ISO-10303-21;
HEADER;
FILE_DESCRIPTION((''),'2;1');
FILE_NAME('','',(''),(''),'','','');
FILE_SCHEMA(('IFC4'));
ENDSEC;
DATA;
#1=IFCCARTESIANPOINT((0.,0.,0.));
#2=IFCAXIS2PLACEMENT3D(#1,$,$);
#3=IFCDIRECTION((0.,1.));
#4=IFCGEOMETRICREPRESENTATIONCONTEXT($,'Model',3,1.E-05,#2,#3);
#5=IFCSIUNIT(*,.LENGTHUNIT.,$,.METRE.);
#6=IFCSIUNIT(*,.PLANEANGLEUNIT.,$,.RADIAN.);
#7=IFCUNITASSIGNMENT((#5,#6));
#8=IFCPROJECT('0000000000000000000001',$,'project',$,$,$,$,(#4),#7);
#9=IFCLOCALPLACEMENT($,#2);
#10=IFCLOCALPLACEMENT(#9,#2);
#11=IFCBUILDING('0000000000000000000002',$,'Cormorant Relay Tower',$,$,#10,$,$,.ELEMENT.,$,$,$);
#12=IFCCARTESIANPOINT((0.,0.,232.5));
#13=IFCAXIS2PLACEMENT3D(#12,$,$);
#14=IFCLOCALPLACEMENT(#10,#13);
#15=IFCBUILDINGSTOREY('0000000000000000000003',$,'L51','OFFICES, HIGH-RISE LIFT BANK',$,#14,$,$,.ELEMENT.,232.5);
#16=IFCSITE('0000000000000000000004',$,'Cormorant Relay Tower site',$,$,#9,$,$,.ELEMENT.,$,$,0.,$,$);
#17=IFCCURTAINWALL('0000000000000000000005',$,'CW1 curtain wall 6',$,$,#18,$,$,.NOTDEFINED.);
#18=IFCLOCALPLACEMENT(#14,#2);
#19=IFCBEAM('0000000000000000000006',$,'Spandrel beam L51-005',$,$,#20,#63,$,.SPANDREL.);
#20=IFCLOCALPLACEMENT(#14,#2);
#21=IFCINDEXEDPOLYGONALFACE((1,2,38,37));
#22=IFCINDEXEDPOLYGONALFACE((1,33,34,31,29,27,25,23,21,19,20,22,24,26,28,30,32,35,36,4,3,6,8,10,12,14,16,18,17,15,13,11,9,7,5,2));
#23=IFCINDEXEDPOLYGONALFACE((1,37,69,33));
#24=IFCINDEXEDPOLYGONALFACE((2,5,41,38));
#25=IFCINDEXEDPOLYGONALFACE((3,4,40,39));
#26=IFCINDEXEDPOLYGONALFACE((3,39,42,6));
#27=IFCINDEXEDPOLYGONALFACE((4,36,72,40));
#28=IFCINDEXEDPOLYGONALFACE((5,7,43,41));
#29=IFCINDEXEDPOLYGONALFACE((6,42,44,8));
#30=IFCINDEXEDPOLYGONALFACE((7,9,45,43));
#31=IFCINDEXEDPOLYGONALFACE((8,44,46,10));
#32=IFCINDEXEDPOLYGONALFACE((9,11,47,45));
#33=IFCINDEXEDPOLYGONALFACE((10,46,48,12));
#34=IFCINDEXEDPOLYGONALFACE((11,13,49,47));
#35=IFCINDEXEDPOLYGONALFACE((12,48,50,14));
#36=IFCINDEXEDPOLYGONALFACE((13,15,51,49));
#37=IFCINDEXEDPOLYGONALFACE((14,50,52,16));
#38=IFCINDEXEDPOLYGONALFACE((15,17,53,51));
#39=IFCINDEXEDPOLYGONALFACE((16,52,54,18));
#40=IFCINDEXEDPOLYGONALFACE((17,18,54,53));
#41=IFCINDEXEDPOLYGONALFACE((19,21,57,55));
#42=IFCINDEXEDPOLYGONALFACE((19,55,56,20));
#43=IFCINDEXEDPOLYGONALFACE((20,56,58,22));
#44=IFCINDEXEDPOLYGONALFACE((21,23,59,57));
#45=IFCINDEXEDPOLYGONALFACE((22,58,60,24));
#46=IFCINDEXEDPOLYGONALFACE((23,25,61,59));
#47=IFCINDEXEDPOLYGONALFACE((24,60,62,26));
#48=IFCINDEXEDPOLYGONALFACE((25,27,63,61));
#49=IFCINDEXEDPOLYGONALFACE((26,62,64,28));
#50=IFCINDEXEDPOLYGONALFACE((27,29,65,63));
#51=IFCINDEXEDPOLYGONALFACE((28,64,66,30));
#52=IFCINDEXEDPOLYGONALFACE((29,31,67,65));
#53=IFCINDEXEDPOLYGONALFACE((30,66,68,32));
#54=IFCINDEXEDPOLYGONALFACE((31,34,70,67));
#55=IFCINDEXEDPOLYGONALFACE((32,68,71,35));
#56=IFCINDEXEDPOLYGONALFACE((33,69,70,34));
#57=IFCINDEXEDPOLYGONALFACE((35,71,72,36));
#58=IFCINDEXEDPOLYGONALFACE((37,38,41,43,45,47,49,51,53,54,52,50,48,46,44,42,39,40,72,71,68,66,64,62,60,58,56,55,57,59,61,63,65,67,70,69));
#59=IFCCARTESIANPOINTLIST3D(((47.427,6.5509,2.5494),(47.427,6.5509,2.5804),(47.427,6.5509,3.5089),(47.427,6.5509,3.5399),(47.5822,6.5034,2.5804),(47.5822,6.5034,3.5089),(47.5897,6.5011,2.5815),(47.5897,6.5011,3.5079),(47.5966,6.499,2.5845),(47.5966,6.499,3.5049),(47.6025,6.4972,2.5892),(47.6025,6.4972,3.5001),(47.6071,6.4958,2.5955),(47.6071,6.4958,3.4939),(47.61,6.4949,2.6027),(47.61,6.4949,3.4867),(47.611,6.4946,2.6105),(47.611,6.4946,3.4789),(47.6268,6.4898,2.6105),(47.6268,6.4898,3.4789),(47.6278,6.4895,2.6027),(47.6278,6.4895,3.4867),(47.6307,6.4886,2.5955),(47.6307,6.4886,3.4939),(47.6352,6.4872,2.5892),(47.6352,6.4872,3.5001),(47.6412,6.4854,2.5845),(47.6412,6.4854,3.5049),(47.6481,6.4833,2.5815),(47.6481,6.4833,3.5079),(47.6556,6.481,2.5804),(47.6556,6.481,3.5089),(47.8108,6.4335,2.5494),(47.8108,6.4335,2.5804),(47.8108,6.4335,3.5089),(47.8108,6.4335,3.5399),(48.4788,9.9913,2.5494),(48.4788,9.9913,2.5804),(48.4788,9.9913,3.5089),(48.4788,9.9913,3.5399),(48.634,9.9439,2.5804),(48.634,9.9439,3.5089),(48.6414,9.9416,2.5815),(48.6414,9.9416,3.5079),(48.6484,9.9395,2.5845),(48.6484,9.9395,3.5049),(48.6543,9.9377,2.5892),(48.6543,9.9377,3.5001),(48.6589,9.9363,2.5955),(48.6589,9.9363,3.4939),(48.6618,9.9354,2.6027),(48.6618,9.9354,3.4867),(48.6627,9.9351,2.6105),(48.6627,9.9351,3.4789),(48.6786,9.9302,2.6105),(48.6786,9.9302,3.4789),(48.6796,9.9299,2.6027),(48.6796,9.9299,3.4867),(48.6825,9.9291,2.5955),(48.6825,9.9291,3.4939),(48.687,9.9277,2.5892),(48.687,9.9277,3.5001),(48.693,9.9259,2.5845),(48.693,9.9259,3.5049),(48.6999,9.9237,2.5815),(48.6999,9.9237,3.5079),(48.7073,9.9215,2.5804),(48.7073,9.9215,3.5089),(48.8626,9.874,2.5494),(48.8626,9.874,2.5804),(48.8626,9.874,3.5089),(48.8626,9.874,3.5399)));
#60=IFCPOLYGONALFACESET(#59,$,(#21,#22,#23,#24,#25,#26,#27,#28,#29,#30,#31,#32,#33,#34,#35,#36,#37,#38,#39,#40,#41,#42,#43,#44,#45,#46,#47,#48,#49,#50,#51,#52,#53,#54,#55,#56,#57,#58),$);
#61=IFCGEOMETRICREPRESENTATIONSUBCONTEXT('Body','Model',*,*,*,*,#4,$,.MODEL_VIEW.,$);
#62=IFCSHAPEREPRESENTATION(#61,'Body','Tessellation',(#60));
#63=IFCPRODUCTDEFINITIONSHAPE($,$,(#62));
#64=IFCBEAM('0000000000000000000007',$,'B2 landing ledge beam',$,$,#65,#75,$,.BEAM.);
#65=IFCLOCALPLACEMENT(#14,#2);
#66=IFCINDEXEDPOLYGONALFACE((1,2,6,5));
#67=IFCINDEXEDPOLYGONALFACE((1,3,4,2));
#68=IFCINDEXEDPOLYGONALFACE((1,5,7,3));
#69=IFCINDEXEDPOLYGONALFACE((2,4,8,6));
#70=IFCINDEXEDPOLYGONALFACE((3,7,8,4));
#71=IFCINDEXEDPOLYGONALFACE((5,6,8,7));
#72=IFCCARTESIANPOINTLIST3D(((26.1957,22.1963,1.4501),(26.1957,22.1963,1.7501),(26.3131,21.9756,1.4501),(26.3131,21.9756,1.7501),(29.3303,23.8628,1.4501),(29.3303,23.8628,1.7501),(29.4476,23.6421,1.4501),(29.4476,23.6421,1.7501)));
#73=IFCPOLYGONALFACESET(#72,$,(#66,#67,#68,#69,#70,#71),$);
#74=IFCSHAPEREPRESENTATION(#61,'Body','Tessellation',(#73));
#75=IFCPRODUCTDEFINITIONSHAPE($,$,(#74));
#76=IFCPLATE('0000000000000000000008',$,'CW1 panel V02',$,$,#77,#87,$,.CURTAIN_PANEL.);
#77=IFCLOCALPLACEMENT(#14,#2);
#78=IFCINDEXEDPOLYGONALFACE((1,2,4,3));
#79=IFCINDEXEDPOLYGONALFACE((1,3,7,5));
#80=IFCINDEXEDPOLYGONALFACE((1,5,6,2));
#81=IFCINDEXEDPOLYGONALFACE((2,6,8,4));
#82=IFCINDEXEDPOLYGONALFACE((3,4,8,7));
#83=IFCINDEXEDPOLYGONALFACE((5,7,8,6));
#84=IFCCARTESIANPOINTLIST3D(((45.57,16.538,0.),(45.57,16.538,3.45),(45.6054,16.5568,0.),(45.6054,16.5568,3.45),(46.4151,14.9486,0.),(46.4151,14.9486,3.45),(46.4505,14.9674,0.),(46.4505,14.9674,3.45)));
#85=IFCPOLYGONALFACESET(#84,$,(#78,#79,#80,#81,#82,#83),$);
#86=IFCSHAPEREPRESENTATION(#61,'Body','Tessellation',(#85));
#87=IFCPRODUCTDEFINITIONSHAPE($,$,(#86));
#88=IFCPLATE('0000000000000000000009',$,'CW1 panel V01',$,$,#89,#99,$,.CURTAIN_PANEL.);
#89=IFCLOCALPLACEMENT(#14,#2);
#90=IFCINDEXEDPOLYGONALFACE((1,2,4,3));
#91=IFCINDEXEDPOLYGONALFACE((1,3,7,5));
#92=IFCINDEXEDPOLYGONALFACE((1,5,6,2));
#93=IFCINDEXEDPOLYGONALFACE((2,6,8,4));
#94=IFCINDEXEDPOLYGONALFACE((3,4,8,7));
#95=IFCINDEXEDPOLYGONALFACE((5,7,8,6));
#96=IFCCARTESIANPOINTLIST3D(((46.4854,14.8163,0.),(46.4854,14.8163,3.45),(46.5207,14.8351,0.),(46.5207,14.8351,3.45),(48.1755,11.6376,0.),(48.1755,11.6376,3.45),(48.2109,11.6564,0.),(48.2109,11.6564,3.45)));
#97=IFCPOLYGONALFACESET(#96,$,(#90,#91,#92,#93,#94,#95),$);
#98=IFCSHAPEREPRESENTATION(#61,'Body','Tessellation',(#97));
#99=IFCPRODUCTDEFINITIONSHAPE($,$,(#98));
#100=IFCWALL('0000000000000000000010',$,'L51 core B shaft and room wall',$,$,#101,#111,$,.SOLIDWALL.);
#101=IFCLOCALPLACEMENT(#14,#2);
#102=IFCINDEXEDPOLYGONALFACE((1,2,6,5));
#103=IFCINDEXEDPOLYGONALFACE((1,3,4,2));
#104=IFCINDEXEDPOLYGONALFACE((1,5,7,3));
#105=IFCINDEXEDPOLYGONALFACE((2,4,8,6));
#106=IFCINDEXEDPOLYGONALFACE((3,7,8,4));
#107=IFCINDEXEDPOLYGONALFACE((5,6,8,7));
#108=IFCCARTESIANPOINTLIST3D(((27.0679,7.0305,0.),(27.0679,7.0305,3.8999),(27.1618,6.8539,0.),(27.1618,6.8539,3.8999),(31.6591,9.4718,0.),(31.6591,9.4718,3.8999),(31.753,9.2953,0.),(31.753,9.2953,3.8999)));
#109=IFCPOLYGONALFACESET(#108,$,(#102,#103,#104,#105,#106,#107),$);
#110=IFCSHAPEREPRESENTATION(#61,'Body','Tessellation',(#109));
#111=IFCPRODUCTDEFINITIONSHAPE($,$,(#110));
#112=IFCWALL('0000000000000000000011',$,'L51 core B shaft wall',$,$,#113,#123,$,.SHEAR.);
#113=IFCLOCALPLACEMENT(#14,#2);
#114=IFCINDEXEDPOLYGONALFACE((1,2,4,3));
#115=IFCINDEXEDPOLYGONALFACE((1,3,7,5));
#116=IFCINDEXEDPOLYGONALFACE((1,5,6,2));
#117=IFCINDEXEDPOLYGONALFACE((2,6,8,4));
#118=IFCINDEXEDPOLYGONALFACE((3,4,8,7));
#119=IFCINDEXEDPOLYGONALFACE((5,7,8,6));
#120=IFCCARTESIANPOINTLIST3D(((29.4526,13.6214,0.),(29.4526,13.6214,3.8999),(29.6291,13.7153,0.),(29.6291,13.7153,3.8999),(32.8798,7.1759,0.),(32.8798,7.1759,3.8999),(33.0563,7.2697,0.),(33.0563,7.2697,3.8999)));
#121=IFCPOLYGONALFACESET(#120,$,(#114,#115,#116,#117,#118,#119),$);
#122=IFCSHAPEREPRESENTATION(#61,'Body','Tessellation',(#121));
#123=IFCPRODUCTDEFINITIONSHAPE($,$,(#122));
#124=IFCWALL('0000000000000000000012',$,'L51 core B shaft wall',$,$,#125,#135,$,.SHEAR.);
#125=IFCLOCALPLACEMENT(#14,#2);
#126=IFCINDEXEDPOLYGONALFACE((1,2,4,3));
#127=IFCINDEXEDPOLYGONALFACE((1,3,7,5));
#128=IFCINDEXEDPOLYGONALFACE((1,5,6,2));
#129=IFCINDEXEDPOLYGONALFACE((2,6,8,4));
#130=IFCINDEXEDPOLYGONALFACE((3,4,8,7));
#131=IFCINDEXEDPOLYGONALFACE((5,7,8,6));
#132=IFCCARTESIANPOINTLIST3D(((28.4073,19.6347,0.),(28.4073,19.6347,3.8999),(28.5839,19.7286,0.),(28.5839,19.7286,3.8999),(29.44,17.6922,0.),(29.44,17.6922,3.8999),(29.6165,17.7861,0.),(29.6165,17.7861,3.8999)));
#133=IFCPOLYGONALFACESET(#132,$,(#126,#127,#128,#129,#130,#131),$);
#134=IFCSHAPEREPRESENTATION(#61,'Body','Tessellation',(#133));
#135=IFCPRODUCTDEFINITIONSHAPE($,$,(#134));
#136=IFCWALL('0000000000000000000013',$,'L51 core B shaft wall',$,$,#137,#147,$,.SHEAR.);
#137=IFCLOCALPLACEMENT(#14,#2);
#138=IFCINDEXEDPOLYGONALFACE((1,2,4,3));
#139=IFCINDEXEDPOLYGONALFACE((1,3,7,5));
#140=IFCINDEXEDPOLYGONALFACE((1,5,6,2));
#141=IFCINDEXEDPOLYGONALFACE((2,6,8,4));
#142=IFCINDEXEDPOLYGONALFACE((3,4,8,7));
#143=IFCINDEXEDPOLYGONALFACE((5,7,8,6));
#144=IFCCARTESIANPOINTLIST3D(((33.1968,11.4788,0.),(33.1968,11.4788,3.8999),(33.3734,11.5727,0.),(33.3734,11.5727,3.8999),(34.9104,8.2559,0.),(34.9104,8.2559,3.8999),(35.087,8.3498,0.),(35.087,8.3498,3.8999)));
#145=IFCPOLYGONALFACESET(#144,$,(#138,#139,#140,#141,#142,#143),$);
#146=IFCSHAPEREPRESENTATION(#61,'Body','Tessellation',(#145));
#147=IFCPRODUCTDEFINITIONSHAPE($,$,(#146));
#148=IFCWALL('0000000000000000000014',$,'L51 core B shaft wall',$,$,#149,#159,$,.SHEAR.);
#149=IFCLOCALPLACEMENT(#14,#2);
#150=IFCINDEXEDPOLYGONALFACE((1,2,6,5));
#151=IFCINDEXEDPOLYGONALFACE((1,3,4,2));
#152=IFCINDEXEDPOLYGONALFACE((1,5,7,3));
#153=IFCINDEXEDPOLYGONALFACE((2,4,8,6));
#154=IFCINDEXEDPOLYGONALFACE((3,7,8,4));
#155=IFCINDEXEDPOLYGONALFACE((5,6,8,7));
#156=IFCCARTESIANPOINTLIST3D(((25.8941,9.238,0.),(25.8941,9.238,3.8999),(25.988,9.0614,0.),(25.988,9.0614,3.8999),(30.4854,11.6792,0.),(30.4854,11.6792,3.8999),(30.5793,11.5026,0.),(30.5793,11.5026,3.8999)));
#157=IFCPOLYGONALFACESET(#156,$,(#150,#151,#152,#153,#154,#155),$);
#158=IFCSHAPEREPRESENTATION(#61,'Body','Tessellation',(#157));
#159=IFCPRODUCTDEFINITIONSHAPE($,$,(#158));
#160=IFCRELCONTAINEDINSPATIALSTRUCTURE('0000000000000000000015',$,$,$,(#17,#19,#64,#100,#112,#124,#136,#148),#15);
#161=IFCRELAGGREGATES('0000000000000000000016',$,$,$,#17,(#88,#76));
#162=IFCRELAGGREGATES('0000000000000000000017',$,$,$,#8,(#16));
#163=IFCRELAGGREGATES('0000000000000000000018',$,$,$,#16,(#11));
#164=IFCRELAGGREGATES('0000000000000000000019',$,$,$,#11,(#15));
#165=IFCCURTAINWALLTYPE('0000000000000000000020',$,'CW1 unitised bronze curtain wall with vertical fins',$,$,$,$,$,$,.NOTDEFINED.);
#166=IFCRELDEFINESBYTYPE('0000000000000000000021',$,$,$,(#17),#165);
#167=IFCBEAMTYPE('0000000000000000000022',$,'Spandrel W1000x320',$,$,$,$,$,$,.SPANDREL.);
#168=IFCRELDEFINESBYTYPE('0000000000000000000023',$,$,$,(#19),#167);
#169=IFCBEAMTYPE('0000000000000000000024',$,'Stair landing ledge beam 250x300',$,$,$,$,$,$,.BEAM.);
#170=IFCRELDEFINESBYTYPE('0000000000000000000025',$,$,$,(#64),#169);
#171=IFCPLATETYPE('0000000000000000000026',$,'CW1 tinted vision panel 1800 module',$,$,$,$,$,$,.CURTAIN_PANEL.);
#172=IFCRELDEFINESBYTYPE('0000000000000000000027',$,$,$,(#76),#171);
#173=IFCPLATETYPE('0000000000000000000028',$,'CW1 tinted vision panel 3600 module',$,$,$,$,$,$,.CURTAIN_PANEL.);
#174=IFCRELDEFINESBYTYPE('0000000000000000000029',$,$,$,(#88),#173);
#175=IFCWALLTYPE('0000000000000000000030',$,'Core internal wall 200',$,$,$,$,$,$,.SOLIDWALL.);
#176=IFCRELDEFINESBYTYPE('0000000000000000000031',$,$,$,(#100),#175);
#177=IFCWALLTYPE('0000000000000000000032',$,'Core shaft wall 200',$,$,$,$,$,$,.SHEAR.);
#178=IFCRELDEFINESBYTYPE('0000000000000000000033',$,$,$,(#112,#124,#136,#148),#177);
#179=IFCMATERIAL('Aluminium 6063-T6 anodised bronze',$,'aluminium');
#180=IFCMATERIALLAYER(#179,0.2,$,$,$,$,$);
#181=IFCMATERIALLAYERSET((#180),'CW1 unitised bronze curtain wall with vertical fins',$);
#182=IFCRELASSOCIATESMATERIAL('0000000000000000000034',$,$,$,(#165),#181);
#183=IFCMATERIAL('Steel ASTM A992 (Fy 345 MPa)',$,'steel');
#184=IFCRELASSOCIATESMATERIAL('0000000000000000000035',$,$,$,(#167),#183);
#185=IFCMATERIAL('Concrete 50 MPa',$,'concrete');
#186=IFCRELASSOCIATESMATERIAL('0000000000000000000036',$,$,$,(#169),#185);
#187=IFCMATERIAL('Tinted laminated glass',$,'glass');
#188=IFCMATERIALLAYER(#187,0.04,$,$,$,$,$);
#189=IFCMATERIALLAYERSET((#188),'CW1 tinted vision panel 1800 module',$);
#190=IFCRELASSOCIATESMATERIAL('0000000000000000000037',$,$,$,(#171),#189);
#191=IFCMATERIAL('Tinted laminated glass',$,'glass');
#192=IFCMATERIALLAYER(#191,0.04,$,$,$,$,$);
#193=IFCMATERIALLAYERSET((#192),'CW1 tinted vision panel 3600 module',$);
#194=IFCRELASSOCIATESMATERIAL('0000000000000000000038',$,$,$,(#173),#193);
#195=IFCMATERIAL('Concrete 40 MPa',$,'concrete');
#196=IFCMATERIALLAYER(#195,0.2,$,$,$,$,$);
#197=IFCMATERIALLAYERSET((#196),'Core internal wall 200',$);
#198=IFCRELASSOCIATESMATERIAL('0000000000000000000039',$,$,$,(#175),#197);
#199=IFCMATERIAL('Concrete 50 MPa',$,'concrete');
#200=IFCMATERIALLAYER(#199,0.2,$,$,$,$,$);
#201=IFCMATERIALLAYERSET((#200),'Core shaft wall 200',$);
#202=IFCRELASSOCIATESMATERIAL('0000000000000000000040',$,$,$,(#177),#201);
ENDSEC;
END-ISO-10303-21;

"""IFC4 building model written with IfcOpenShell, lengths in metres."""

from ifc_helpers import new_model, si_unit, direction, frame, frame_2d, origin, origin_2d, place, context, subcontext, project, spatial, rectangle, i_section, extrude, material, layer, layer_set, material_profile, profile_set, type_object, element, aggregate, save


model = new_model("IFC4")

# Units and contexts
model_context = context("Model", 3, precision=1e-05, world=origin(), true_north=direction((0.0, 1.0)))
body_context = subcontext(model_context, "Body", "Model", "MODEL_VIEW")
ifc_project = project(units=[si_unit("LENGTHUNIT", "METRE"), si_unit("PLANEANGLEUNIT", "RADIAN")], contexts=[model_context])

# Site, building, storey
site_placement = place(None, origin())
site = spatial("IfcSite", under=ifc_project, at=site_placement, Name="Cormorant Relay Tower site", CompositionType="ELEMENT", RefElevation=0.0)
building_placement = place(site_placement, origin())
building = spatial("IfcBuilding", under=site, at=building_placement, Name="Cormorant Relay Tower", CompositionType="ELEMENT")
storey_placement = place(building_placement, frame((0.0, 0.0, 232.5)))
storey = spatial("IfcBuildingStorey", under=building, at=storey_placement, Name="L51", Description="OFFICES, HIGH-RISE LIFT BANK", CompositionType="ELEMENT", Elevation=232.5)

# Curtain wall
ifc_material_1 = material(Name="Aluminium 6063-T6 anodised bronze", Category="aluminium")
ifc_layer_1 = layer(ifc_material_1, 0.2)
ifc_layer_set_1 = layer_set([ifc_layer_1], Name="CW1 unitised bronze curtain wall with vertical fins")
curtain_wall_type = type_object("IfcCurtainWallType", Name="CW1 unitised bronze curtain wall with vertical fins", PredefinedType="NOTDEFINED", material=ifc_layer_set_1)
curtain_wall_1_placement = place(storey_placement, origin())
curtain_wall_1 = element("IfcCurtainWall", 1, at=curtain_wall_1_placement, inside=storey, type_object=curtain_wall_type, Name="CW1 curtain wall 6", PredefinedType="NOTDEFINED")

# Beams
ifc_material_2 = material(Name="Steel ASTM A992 (Fy 345 MPa)", Category="steel")
ifc_material_profile_1 = material_profile(ifc_material_2, i_section(OverallWidth=0.4014, OverallDepth=0.9905, WebThickness=0.0166, FlangeThickness=0.031, FilletRadius=0.03, at=origin_2d()), Name="W1000x320")
ifc_profile_set_1 = profile_set([ifc_material_profile_1], Name="Steel ASTM A992 (Fy 345 MPa)")
beam_type_1 = type_object("IfcBeamType", Name="Spandrel W1000x320", PredefinedType="SPANDREL", material=ifc_profile_set_1)
beam_1_placement = place(storey_placement, frame((47.6189, 6.4922, 3.0447), z_axis=(0.29235, 0.956312, 0.0), x_axis=(-0.956312, 0.29235, 0.0)))
element("IfcBeam", 2, at=beam_1_placement, inside=storey, type_object=beam_type_1, Name="Spandrel beam L51-005", PredefinedType="SPANDREL", context=body_context, shape_type="SweptSolid", body=[
    extrude(i_section(OverallWidth=0.4014, OverallDepth=0.9905, WebThickness=0.0166, FlangeThickness=0.031, FilletRadius=0.03, at=origin_2d()), origin(), (0.0, 0.0, 1.0), 3.5977),
])
ifc_material_3 = material(Name="Concrete 50 MPa", Category="concrete")
ifc_material_profile_2 = material_profile(ifc_material_3, rectangle(XDim=0.25, YDim=0.3, at=origin_2d()), Name="RC 250x300")
ifc_profile_set_2 = profile_set([ifc_material_profile_2], Name="Concrete 50 MPa")
beam_type_2 = type_object("IfcBeamType", Name="Stair landing ledge beam 250x300", PredefinedType="BEAM", material=ifc_profile_set_2)
beam_2_placement = place(storey_placement, frame((26.2544, 22.0859, 1.6001), z_axis=(0.882965, 0.469438, 0.0), x_axis=(-0.469438, 0.882965, 0.0)))
element("IfcBeam", 3, at=beam_2_placement, inside=storey, type_object=beam_type_2, Name="B2 landing ledge beam", PredefinedType="BEAM", context=body_context, shape_type="SweptSolid", body=[
    extrude(rectangle(XDim=0.25, YDim=0.3, at=origin_2d()), origin(), (0.0, 0.0, 1.0), 3.55),
])

# Plates
ifc_material_4 = material(Name="Tinted laminated glass", Category="glass")
ifc_layer_2 = layer(ifc_material_4, 0.04)
ifc_layer_set_2 = layer_set([ifc_layer_2], Name="CW1 tinted vision panel 1800 module")
plate_type_1 = type_object("IfcPlateType", Name="CW1 tinted vision panel 1800 module", PredefinedType="CURTAIN_PANEL", material=ifc_layer_set_2)
plate_1_placement = place(storey_placement, frame((46.0103, 15.7527, 0.0), z_axis=(0.0, 0.0, 1.0), x_axis=(-0.469472, 0.882948, 0.0)))
plate_1 = element("IfcPlate", 4, at=plate_1_placement, type_object=plate_type_1, Name="CW1 panel V02", PredefinedType="CURTAIN_PANEL", context=body_context, shape_type="SweptSolid", body=[
    extrude(rectangle(XDim=1.8, YDim=0.04, at=origin_2d()), origin(), (0.0, 0.0, 1.0), 3.45),
])
ifc_material_5 = material(Name="Tinted laminated glass", Category="glass")
ifc_layer_3 = layer(ifc_material_5, 0.04)
ifc_layer_set_3 = layer_set([ifc_layer_3], Name="CW1 tinted vision panel 3600 module")
plate_type_2 = type_object("IfcPlateType", Name="CW1 tinted vision panel 3600 module", PredefinedType="CURTAIN_PANEL", material=ifc_layer_set_3)
plate_2_placement = place(storey_placement, frame((47.3481, 13.2363, 0.0), z_axis=(0.0, 0.0, 1.0), x_axis=(-0.469472, 0.882948, 0.0)))
plate_2 = element("IfcPlate", 5, at=plate_2_placement, type_object=plate_type_2, Name="CW1 panel V01", PredefinedType="CURTAIN_PANEL", context=body_context, shape_type="SweptSolid", body=[
    extrude(rectangle(XDim=3.6001, YDim=0.04, at=origin_2d()), origin(), (0.0, 0.0, 1.0), 3.45),
])

# Walls
ifc_material_6 = material(Name="Concrete 40 MPa", Category="concrete")
ifc_layer_4 = layer(ifc_material_6, 0.2)
ifc_layer_set_4 = layer_set([ifc_layer_4], Name="Core internal wall 200")
wall_type_1 = type_object("IfcWallType", Name="Core internal wall 200", PredefinedType="SOLIDWALL", material=ifc_layer_set_4)
wall_1_placement = place(storey_placement, frame((27.1147, 6.9421, 0.0), z_axis=(0.0, 0.0, 1.0), x_axis=(0.882935, 0.469496, 0.0)))
element("IfcWall", 6, at=wall_1_placement, inside=storey, type_object=wall_type_1, Name="L51 core B shaft and room wall", PredefinedType="SOLIDWALL", context=body_context, shape_type="SweptSolid", body=[
    extrude(rectangle(XDim=5.2, YDim=0.2, at=frame_2d((2.6001, 0.0))), origin(), (0.0, 0.0, 1.0), 3.8999),
])
ifc_material_7 = material(Name="Concrete 50 MPa", Category="concrete")
ifc_layer_5 = layer(ifc_material_7, 0.2)
ifc_layer_set_5 = layer_set([ifc_layer_5], Name="Core shaft wall 200")
wall_type_2 = type_object("IfcWallType", Name="Core shaft wall 200", PredefinedType="SHEAR", material=ifc_layer_set_5)
wall_2_placement = place(storey_placement, frame((32.968, 7.2229, 0.0), z_axis=(0.0, 0.0, 1.0), x_axis=(-0.46948, 0.882943, 0.0)))
element("IfcWall", 7, at=wall_2_placement, inside=storey, type_object=wall_type_2, Name="L51 core B shaft wall", PredefinedType="SHEAR", context=body_context, shape_type="SweptSolid", body=[
    extrude(rectangle(XDim=7.3, YDim=0.2, at=frame_2d((3.6499, 0.0))), origin(), (0.0, 0.0, 1.0), 3.8999),
])
wall_3_placement = place(storey_placement, frame((29.5283, 17.739, 0.0), z_axis=(0.0, 0.0, 1.0), x_axis=(-0.469401, 0.882985, 0.0)))
element("IfcWall", 8, at=wall_3_placement, inside=storey, type_object=wall_type_2, Name="L51 core B shaft wall", PredefinedType="SHEAR", context=body_context, shape_type="SweptSolid", body=[
    extrude(rectangle(XDim=2.2, YDim=0.2, at=frame_2d((1.1001, 0.0))), origin(), (0.0, 0.0, 1.0), 3.8999),
])
wall_4_placement = place(storey_placement, frame((34.9988, 8.3027, 0.0), z_axis=(0.0, 0.0, 1.0), x_axis=(-0.469467, 0.88295, 0.0)))
element("IfcWall", 9, at=wall_4_placement, inside=storey, type_object=wall_type_2, Name="L51 core B shaft wall", PredefinedType="SHEAR", context=body_context, shape_type="SweptSolid", body=[
    extrude(rectangle(XDim=3.6501, YDim=0.2, at=frame_2d((1.8252, 0.0))), origin(), (0.0, 0.0, 1.0), 3.8999),
])

# Wall
wall_5_placement = place(storey_placement, frame((25.9409, 9.1497, 0.0), z_axis=(0.0, 0.0, 1.0), x_axis=(0.882954, 0.46946, 0.0)))
element("IfcWall", 10, at=wall_5_placement, inside=storey, type_object=wall_type_2, Name="L51 core B shaft wall", PredefinedType="SHEAR", context=body_context, shape_type="SweptSolid", body=[
    extrude(rectangle(XDim=5.2, YDim=0.2, at=frame_2d((2.6001, 0.0))), origin(), (0.0, 0.0, 1.0), 3.8999),
])

aggregate(curtain_wall_1, [plate_2, plate_1])

save(model, "model.ifc")
